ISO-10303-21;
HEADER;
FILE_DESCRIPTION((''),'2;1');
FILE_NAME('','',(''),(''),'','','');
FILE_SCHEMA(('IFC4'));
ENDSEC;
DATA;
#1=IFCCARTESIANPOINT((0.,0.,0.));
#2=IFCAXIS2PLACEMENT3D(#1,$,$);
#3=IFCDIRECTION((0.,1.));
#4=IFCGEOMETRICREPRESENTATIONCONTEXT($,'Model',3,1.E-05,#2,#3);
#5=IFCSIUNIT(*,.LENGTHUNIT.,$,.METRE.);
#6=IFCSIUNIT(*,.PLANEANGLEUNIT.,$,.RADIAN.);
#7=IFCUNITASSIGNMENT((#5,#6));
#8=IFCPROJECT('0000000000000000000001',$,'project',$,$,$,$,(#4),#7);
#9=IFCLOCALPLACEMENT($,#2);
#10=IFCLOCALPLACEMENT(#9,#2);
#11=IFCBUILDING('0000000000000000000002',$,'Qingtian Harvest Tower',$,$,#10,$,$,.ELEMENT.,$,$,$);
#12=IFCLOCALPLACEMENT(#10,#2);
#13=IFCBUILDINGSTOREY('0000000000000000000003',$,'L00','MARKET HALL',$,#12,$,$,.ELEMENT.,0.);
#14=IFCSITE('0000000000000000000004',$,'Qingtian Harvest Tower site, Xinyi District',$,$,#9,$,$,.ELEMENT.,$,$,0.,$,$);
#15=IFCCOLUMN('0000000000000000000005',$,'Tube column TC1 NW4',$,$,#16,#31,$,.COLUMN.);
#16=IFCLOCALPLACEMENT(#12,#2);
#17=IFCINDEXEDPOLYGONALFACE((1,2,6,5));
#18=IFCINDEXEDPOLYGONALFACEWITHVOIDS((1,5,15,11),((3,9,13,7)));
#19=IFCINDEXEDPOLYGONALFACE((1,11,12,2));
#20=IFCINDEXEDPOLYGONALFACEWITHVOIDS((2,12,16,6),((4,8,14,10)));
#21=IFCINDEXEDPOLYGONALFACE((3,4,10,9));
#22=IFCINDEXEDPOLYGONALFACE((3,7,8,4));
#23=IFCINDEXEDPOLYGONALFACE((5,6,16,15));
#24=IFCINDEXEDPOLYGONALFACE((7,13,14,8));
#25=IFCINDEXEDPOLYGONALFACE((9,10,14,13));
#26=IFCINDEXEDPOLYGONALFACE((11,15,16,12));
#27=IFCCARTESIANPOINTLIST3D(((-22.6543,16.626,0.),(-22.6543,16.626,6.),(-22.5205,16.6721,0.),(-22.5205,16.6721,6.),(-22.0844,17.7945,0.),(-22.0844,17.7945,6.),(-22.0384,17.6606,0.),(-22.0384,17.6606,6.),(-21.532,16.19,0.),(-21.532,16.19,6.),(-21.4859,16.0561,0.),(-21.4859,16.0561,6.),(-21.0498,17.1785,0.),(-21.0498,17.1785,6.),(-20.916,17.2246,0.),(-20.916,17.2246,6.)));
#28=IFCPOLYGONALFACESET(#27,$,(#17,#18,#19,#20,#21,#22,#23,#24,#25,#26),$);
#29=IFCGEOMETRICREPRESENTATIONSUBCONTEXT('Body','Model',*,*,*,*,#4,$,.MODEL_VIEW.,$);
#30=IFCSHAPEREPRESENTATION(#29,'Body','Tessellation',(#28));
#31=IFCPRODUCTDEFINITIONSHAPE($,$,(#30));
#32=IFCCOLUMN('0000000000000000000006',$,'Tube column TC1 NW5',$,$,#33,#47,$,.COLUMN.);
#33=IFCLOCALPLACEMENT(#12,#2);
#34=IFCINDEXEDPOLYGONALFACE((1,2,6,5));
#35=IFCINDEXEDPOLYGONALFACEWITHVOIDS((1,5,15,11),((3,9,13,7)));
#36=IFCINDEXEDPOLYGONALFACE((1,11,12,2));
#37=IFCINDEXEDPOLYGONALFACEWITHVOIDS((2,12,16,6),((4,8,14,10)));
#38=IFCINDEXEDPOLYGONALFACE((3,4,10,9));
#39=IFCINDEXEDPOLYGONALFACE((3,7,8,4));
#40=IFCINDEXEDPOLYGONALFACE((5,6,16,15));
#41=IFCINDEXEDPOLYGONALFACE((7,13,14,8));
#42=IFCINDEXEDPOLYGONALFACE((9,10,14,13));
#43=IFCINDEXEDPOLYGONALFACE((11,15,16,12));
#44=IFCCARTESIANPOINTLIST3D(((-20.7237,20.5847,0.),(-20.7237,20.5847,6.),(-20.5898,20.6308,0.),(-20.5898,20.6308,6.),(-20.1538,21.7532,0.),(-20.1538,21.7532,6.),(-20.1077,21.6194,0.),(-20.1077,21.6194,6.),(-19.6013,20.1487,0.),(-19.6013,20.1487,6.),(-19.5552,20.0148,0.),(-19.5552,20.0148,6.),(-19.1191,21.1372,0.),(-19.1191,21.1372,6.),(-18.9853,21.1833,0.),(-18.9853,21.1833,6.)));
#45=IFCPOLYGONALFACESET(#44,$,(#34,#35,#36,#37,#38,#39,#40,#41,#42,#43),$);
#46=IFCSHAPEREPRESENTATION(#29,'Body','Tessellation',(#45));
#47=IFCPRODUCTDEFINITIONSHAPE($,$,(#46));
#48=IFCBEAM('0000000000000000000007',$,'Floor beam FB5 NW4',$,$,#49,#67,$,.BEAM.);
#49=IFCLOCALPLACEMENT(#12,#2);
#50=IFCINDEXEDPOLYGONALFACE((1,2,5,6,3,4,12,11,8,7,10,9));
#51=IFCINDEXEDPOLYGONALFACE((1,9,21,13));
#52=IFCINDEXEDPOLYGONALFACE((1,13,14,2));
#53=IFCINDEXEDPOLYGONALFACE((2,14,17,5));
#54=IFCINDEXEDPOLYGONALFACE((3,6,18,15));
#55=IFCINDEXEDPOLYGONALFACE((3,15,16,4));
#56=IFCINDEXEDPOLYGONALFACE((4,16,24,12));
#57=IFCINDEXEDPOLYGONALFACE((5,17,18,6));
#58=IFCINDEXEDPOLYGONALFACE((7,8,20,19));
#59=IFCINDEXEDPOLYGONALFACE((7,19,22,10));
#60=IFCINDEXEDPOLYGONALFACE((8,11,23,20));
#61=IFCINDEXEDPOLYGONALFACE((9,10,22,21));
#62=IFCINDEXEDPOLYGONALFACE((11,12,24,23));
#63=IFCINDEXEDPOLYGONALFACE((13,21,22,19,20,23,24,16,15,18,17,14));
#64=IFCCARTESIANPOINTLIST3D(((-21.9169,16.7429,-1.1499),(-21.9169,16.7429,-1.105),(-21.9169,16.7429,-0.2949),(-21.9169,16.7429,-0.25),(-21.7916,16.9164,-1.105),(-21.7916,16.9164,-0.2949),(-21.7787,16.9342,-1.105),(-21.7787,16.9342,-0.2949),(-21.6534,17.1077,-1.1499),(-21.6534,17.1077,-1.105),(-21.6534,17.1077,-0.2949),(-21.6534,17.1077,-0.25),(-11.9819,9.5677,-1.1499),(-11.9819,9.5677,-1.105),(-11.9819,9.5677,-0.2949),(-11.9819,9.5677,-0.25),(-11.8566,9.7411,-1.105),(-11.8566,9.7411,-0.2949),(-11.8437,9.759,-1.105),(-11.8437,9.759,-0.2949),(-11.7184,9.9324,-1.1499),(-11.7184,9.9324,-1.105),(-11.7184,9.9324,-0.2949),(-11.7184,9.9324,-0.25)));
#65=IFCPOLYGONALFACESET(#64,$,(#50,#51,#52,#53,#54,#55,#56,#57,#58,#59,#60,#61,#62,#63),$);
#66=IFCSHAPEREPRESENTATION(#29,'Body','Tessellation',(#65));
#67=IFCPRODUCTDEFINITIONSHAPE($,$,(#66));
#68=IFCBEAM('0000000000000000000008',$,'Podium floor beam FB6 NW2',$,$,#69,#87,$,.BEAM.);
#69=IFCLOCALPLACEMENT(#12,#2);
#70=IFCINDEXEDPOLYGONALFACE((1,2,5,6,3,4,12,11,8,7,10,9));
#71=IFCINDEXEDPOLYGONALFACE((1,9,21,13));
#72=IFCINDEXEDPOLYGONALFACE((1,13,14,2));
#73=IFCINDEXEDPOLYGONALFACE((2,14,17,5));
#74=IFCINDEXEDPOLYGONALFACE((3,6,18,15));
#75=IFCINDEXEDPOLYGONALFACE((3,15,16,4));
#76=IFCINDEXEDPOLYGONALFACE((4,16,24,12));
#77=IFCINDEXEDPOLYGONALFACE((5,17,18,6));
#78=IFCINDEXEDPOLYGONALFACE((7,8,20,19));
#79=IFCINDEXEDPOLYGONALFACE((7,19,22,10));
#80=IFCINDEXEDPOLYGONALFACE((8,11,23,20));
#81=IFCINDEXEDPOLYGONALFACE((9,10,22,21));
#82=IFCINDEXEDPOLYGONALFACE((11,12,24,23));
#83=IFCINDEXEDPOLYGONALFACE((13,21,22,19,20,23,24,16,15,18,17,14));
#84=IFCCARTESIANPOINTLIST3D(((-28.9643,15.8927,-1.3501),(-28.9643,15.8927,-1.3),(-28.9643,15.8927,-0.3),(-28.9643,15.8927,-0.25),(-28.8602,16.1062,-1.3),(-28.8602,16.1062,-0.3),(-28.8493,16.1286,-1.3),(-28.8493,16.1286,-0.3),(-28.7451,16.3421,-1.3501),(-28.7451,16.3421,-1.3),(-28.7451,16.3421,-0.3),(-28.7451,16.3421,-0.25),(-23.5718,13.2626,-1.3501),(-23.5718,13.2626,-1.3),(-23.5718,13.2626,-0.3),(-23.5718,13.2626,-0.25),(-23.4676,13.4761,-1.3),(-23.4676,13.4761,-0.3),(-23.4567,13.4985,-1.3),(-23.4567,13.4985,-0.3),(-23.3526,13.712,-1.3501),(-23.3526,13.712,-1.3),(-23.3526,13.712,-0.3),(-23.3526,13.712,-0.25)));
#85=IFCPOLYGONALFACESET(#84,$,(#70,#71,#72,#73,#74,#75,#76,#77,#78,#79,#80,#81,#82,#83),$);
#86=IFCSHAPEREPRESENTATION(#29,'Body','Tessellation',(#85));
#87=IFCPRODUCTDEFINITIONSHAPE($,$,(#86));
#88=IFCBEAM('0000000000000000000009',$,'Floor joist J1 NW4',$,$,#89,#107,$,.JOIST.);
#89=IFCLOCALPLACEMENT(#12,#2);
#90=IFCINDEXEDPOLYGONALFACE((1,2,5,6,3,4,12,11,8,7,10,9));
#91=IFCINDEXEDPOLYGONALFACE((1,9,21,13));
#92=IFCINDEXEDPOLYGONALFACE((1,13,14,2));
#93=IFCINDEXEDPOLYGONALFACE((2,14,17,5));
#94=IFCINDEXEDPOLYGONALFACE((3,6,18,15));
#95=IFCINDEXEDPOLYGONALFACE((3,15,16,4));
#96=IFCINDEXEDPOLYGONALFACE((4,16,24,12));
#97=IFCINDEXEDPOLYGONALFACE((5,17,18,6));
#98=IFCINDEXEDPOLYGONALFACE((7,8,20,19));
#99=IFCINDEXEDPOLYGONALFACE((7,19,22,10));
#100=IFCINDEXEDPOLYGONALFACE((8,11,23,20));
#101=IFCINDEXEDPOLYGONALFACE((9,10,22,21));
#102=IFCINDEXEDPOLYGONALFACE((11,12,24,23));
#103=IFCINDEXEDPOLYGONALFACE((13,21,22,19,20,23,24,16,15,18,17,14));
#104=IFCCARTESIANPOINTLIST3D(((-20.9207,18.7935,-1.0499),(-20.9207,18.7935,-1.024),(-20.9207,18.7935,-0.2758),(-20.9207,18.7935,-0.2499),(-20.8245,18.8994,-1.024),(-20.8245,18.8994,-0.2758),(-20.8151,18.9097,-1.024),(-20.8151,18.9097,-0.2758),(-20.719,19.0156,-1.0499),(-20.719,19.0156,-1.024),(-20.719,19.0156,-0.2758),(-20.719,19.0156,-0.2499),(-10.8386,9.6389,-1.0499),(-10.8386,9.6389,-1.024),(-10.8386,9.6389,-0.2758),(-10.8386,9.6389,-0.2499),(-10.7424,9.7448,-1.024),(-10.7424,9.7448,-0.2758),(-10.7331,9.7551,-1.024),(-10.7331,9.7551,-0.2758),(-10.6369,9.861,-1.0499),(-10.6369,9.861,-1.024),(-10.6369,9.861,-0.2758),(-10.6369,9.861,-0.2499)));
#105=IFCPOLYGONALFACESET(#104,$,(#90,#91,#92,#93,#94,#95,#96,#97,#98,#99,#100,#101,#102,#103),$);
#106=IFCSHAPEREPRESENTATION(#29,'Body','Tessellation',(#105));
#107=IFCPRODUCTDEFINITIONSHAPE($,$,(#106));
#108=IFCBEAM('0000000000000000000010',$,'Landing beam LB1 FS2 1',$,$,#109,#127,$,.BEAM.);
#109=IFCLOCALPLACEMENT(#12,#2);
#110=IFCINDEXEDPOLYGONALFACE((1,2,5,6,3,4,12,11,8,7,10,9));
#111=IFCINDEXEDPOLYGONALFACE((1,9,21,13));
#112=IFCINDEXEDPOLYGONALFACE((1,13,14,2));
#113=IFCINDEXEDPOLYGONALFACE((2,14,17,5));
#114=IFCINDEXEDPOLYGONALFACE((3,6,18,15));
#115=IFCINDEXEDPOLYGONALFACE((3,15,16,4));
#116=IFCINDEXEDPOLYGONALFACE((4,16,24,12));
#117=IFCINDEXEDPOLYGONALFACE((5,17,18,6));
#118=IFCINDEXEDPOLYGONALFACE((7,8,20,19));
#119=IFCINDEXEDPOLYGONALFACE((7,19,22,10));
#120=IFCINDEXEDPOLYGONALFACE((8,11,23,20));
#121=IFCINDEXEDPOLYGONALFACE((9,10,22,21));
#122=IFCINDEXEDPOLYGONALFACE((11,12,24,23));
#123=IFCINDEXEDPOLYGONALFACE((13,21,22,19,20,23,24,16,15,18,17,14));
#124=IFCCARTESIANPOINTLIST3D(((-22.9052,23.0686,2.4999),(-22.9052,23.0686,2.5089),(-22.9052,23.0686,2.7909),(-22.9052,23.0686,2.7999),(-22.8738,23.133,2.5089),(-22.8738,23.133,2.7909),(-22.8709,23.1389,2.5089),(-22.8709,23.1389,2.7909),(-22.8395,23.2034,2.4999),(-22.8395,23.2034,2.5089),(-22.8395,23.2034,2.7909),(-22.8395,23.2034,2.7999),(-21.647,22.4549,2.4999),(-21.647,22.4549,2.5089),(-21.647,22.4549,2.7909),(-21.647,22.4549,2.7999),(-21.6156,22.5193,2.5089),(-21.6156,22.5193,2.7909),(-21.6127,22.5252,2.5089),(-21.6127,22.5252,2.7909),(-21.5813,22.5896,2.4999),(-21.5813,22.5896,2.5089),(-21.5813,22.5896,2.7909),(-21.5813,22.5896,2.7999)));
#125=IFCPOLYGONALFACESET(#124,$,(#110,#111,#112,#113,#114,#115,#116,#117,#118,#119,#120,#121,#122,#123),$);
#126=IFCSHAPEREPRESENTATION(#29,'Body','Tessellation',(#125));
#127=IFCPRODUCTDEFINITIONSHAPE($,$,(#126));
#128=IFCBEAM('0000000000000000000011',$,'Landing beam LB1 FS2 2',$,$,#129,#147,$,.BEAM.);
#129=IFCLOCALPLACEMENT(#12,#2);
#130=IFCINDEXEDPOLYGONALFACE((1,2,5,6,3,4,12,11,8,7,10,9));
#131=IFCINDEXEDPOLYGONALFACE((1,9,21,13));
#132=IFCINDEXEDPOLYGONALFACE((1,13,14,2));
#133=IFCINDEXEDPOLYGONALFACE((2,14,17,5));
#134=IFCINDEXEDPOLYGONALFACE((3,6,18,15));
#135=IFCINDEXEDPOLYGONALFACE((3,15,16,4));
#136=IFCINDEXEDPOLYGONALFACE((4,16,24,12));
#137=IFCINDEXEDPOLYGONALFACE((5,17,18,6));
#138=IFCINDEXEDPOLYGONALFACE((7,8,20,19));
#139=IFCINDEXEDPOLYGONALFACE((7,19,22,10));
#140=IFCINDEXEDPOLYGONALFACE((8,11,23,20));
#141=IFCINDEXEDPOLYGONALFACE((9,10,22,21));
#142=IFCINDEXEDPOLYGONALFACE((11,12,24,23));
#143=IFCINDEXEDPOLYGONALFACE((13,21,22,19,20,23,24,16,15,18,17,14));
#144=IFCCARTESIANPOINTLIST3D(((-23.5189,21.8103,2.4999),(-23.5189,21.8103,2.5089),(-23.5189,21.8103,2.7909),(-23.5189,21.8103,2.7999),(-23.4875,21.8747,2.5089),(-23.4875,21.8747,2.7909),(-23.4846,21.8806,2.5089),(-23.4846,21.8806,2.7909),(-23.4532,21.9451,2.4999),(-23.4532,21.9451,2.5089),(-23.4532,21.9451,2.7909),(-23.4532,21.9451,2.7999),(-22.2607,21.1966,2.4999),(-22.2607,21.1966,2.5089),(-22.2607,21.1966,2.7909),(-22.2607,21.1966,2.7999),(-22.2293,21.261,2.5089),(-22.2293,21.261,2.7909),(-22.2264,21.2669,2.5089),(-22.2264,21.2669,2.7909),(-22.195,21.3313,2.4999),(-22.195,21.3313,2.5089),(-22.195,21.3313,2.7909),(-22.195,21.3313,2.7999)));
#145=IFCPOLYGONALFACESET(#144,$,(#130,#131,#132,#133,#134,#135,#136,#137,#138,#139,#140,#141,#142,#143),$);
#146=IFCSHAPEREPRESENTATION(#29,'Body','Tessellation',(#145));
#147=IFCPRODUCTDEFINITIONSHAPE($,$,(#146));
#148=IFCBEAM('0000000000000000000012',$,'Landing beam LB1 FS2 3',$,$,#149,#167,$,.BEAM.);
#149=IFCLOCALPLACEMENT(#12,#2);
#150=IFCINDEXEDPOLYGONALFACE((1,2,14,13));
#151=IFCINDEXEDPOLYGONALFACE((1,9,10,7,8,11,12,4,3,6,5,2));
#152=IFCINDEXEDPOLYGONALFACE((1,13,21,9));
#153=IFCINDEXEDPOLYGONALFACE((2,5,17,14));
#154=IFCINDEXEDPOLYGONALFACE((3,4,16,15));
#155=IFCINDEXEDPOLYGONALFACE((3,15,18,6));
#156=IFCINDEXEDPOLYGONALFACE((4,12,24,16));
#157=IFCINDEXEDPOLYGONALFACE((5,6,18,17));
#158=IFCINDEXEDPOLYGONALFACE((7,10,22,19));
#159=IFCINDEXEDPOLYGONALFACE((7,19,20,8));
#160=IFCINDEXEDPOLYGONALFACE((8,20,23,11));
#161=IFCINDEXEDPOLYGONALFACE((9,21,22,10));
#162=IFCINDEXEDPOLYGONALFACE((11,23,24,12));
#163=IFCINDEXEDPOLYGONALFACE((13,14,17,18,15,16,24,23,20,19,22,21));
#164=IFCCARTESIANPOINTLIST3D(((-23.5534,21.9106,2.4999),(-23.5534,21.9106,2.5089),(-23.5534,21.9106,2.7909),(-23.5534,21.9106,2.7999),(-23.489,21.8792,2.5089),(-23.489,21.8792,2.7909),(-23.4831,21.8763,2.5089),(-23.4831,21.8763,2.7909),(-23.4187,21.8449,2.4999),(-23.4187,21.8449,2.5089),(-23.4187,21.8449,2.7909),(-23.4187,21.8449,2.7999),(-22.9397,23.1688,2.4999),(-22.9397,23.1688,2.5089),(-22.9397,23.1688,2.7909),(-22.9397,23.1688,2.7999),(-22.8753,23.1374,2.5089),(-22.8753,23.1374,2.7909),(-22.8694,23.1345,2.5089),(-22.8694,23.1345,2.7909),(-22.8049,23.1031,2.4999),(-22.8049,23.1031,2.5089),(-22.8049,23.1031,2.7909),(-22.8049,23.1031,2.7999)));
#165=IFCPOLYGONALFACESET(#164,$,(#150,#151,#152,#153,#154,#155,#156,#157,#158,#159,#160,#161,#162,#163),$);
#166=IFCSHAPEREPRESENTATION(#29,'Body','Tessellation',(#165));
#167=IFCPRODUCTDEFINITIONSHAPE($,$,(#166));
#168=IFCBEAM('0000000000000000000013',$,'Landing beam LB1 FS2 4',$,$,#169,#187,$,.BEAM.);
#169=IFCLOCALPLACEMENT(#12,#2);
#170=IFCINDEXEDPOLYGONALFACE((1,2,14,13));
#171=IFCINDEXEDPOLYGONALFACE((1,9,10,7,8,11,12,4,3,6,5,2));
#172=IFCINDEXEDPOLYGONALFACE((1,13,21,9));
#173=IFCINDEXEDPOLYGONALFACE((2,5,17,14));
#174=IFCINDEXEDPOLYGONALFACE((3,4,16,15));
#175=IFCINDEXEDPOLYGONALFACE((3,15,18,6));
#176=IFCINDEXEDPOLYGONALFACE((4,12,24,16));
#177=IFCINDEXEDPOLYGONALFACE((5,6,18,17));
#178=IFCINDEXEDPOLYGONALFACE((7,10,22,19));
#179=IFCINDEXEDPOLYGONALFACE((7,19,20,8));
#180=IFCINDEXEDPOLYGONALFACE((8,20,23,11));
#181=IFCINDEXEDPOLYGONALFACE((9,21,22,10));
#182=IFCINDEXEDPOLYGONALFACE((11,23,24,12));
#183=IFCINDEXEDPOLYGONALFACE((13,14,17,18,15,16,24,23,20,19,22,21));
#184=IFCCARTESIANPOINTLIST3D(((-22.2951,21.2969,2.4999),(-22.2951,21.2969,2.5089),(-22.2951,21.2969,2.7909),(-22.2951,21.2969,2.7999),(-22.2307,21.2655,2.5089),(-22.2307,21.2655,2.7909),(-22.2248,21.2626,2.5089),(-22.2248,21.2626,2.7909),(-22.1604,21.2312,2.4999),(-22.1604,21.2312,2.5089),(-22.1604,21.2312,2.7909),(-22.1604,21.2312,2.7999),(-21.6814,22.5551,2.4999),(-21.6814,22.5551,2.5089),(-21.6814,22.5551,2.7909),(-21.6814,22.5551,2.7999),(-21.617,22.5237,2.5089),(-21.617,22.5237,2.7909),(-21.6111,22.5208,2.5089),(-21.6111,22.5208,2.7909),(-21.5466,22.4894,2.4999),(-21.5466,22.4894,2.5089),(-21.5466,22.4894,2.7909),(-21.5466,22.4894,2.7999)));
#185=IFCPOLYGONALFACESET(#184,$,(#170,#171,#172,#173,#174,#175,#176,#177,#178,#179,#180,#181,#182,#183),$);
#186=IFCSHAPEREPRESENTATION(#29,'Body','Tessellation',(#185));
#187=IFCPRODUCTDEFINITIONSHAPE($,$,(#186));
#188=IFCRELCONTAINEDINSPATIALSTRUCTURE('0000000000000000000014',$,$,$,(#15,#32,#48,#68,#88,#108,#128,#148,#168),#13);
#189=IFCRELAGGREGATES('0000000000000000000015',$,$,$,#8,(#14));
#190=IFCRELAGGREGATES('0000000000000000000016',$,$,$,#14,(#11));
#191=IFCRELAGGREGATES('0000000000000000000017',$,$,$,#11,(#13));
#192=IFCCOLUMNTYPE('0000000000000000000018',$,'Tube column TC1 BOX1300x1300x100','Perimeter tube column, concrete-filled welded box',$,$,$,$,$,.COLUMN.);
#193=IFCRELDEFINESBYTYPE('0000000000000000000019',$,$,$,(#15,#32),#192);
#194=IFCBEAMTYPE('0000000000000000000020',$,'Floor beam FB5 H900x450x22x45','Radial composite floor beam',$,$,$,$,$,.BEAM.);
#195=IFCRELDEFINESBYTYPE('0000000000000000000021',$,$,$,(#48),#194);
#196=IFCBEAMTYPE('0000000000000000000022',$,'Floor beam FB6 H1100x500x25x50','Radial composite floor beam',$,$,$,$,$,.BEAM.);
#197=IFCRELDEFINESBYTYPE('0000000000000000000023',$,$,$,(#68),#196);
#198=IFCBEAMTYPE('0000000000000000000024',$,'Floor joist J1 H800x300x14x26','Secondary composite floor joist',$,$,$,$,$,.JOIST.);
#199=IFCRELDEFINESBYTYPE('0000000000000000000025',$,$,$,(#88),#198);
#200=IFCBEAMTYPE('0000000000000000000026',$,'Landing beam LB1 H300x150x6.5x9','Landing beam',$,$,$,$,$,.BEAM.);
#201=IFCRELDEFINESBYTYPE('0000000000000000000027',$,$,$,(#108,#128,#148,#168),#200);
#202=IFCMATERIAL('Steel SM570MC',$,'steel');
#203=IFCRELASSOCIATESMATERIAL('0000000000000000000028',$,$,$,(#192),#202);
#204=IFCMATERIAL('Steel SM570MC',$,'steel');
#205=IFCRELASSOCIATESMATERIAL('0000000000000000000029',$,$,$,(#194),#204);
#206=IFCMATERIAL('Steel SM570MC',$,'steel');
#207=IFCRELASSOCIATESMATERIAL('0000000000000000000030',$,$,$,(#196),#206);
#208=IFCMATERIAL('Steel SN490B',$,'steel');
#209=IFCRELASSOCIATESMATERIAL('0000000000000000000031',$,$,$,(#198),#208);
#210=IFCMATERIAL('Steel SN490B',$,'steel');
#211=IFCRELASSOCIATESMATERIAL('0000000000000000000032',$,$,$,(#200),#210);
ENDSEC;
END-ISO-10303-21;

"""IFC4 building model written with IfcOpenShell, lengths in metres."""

from ifc_helpers import new_model, si_unit, direction, frame, origin, origin_2d, place, context, subcontext, project, spatial, hollow_rectangle, i_section, extrude, material, material_profile, profile_set, type_object, element, save


model = new_model("IFC4")

# Units and contexts
model_context = context("Model", 3, precision=1e-05, world=origin(), true_north=direction((0.0, 1.0)))
body_context = subcontext(model_context, "Body", "Model", "MODEL_VIEW")
ifc_project = project(units=[si_unit("LENGTHUNIT", "METRE"), si_unit("PLANEANGLEUNIT", "RADIAN")], contexts=[model_context])

# Site, building, storey
site_placement = place(None, origin())
site = spatial("IfcSite", under=ifc_project, at=site_placement, Name="Qingtian Harvest Tower site, Xinyi District", CompositionType="ELEMENT", RefElevation=0.0)
building_placement = place(site_placement, origin())
building = spatial("IfcBuilding", under=site, at=building_placement, Name="Qingtian Harvest Tower", CompositionType="ELEMENT")
storey_placement = place(building_placement, origin())
storey = spatial("IfcBuildingStorey", under=building, at=storey_placement, Name="L00", Description="MARKET HALL", CompositionType="ELEMENT", Elevation=0.0)

# Columns
ifc_material_1 = material(Name="Steel SM570MC", Category="steel")
ifc_material_profile_1 = material_profile(ifc_material_1, hollow_rectangle(XDim=1.3, YDim=1.3, WallThickness=0.1001, at=origin_2d()), Name="BOX1300x1300x100")
ifc_profile_set_1 = profile_set([ifc_material_profile_1], Name="Steel SM570MC")
column_type = type_object("IfcColumnType", Name="Tube column TC1 BOX1300x1300x100", Description="Perimeter tube column, concrete-filled welded box", PredefinedType="COLUMN", material=ifc_profile_set_1)
for number, where, z_axis, x_axis, name in (
    (1, (-21.7852, 16.9253, 0.0), (0.0, 0.0, 1.0), (-0.438371, -0.898794, 0.0), "Tube column TC1 NW4"),
    (2, (-19.8545, 20.884, 0.0), (0.0, 0.0, 1.0), (-0.438371, -0.898794, 0.0), "Tube column TC1 NW5"),
):
    element("IfcColumn", number, at=place(storey_placement, frame(where, z_axis=z_axis, x_axis=x_axis)), inside=storey, type_object=column_type, Name=name, PredefinedType="COLUMN", context=body_context, shape_type="SweptSolid", body=[
        extrude(hollow_rectangle(XDim=1.3, YDim=1.3, WallThickness=0.1001, at=origin_2d()), origin(), (0.0, 0.0, 1.0), 6.0),
    ])

# Beams
ifc_material_2 = material(Name="Steel SM570MC", Category="steel")
ifc_material_profile_2 = material_profile(ifc_material_2, i_section(OverallWidth=0.45, OverallDepth=0.8999, WebThickness=0.022, FlangeThickness=0.0449, at=origin_2d()), Name="H900x450x22x45")
ifc_profile_set_2 = profile_set([ifc_material_profile_2], Name="Steel SM570MC")
beam_type_1 = type_object("IfcBeamType", Name="Floor beam FB5 H900x450x22x45", Description="Radial composite floor beam", PredefinedType="BEAM", material=ifc_profile_set_2)
beam_1_placement = place(storey_placement, frame((-21.7852, 16.9253, -0.7), z_axis=(0.81068, -0.585489, 0.0), x_axis=(0.585489, 0.81068, 0.0)))
element("IfcBeam", 3, at=beam_1_placement, inside=storey, type_object=beam_type_1, Name="Floor beam FB5 NW4", PredefinedType="BEAM", context=body_context, shape_type="SweptSolid", body=[
    extrude(i_section(OverallWidth=0.45, OverallDepth=0.8999, WebThickness=0.022, FlangeThickness=0.0449, at=origin_2d()), origin(), (0.0, 0.0, 1.0), 12.2551),
])
ifc_material_3 = material(Name="Steel SM570MC", Category="steel")
ifc_material_profile_3 = material_profile(ifc_material_3, i_section(OverallWidth=0.5, OverallDepth=1.1001, WebThickness=0.0249, FlangeThickness=0.05, at=origin_2d()), Name="H1100x500x25x50")
ifc_profile_set_3 = profile_set([ifc_material_profile_3], Name="Steel SM570MC")
beam_type_2 = type_object("IfcBeamType", Name="Floor beam FB6 H1100x500x25x50", Description="Radial composite floor beam", PredefinedType="BEAM", material=ifc_profile_set_3)
beam_2_placement = place(storey_placement, frame((-28.8547, 16.1174, -0.8), z_axis=(0.898795, -0.43837, 0.0), x_axis=(0.43837, 0.898795, 0.0)))
element("IfcBeam", 4, at=beam_2_placement, inside=storey, type_object=beam_type_2, Name="Podium floor beam FB6 NW2", PredefinedType="BEAM", context=body_context, shape_type="SweptSolid", body=[
    extrude(i_section(OverallWidth=0.5, OverallDepth=1.1001, WebThickness=0.0249, FlangeThickness=0.05, at=origin_2d()), origin(), (0.0, 0.0, 1.0), 5.9998),
])
ifc_material_4 = material(Name="Steel SN490B", Category="steel")
ifc_material_profile_4 = material_profile(ifc_material_4, i_section(OverallWidth=0.3, OverallDepth=0.8, WebThickness=0.0139, FlangeThickness=0.0259, at=origin_2d()), Name="H800x300x14x26")
ifc_profile_set_4 = profile_set([ifc_material_profile_4], Name="Steel SN490B")
beam_type_3 = type_object("IfcBeamType", Name="Floor joist J1 H800x300x14x26", Description="Secondary composite floor joist", PredefinedType="JOIST", material=ifc_profile_set_4)
beam_3_placement = place(storey_placement, frame((-20.8198, 18.9045, -0.6499), z_axis=(0.74034, -0.672233, 0.0), x_axis=(0.672233, 0.74034, 0.0)))
element("IfcBeam", 5, at=beam_3_placement, inside=storey, type_object=beam_type_3, Name="Floor joist J1 NW4", PredefinedType="JOIST", context=body_context, shape_type="SweptSolid", body=[
    extrude(i_section(OverallWidth=0.3, OverallDepth=0.8, WebThickness=0.0139, FlangeThickness=0.0259, at=origin_2d()), origin(), (0.0, 0.0, 1.0), 13.6182),
])
ifc_material_5 = material(Name="Steel SN490B", Category="steel")
ifc_material_profile_5 = material_profile(ifc_material_5, i_section(OverallWidth=0.1499, OverallDepth=0.3, WebThickness=0.0066, FlangeThickness=0.009, at=origin_2d()), Name="H300x150x6.5x9")
ifc_profile_set_5 = profile_set([ifc_material_profile_5], Name="Steel SN490B")
beam_type_4 = type_object("IfcBeamType", Name="Landing beam LB1 H300x150x6.5x9", Description="Landing beam", PredefinedType="BEAM", material=ifc_profile_set_5)
for number, where, z_axis, x_axis, name in (
    (6, (-22.8723, 23.136, 2.6499), (0.898779, -0.438403, 0.0), (0.438403, 0.898779, 0.0), "Landing beam LB1 FS2 1"),
    (7, (-23.4861, 21.8777, 2.6499), (0.898779, -0.438403, 0.0), (0.438403, 0.898779, 0.0), "Landing beam LB1 FS2 2"),
    (8, (-22.8723, 23.136, 2.6499), (-0.438403, -0.898779, 0.0), (0.898779, -0.438403, 0.0), "Landing beam LB1 FS2 3"),
    (9, (-21.614, 22.5222, 2.6499), (-0.438403, -0.898779, 0.0), (0.898779, -0.438403, 0.0), "Landing beam LB1 FS2 4"),
):
    element("IfcBeam", number, at=place(storey_placement, frame(where, z_axis=z_axis, x_axis=x_axis)), inside=storey, type_object=beam_type_4, Name=name, PredefinedType="BEAM", context=body_context, shape_type="SweptSolid", body=[
        extrude(i_section(OverallWidth=0.1499, OverallDepth=0.3, WebThickness=0.0066, FlangeThickness=0.009, at=origin_2d()), origin(), (0.0, 0.0, 1.0), 1.3999),
    ])

save(model, "model.ifc")
